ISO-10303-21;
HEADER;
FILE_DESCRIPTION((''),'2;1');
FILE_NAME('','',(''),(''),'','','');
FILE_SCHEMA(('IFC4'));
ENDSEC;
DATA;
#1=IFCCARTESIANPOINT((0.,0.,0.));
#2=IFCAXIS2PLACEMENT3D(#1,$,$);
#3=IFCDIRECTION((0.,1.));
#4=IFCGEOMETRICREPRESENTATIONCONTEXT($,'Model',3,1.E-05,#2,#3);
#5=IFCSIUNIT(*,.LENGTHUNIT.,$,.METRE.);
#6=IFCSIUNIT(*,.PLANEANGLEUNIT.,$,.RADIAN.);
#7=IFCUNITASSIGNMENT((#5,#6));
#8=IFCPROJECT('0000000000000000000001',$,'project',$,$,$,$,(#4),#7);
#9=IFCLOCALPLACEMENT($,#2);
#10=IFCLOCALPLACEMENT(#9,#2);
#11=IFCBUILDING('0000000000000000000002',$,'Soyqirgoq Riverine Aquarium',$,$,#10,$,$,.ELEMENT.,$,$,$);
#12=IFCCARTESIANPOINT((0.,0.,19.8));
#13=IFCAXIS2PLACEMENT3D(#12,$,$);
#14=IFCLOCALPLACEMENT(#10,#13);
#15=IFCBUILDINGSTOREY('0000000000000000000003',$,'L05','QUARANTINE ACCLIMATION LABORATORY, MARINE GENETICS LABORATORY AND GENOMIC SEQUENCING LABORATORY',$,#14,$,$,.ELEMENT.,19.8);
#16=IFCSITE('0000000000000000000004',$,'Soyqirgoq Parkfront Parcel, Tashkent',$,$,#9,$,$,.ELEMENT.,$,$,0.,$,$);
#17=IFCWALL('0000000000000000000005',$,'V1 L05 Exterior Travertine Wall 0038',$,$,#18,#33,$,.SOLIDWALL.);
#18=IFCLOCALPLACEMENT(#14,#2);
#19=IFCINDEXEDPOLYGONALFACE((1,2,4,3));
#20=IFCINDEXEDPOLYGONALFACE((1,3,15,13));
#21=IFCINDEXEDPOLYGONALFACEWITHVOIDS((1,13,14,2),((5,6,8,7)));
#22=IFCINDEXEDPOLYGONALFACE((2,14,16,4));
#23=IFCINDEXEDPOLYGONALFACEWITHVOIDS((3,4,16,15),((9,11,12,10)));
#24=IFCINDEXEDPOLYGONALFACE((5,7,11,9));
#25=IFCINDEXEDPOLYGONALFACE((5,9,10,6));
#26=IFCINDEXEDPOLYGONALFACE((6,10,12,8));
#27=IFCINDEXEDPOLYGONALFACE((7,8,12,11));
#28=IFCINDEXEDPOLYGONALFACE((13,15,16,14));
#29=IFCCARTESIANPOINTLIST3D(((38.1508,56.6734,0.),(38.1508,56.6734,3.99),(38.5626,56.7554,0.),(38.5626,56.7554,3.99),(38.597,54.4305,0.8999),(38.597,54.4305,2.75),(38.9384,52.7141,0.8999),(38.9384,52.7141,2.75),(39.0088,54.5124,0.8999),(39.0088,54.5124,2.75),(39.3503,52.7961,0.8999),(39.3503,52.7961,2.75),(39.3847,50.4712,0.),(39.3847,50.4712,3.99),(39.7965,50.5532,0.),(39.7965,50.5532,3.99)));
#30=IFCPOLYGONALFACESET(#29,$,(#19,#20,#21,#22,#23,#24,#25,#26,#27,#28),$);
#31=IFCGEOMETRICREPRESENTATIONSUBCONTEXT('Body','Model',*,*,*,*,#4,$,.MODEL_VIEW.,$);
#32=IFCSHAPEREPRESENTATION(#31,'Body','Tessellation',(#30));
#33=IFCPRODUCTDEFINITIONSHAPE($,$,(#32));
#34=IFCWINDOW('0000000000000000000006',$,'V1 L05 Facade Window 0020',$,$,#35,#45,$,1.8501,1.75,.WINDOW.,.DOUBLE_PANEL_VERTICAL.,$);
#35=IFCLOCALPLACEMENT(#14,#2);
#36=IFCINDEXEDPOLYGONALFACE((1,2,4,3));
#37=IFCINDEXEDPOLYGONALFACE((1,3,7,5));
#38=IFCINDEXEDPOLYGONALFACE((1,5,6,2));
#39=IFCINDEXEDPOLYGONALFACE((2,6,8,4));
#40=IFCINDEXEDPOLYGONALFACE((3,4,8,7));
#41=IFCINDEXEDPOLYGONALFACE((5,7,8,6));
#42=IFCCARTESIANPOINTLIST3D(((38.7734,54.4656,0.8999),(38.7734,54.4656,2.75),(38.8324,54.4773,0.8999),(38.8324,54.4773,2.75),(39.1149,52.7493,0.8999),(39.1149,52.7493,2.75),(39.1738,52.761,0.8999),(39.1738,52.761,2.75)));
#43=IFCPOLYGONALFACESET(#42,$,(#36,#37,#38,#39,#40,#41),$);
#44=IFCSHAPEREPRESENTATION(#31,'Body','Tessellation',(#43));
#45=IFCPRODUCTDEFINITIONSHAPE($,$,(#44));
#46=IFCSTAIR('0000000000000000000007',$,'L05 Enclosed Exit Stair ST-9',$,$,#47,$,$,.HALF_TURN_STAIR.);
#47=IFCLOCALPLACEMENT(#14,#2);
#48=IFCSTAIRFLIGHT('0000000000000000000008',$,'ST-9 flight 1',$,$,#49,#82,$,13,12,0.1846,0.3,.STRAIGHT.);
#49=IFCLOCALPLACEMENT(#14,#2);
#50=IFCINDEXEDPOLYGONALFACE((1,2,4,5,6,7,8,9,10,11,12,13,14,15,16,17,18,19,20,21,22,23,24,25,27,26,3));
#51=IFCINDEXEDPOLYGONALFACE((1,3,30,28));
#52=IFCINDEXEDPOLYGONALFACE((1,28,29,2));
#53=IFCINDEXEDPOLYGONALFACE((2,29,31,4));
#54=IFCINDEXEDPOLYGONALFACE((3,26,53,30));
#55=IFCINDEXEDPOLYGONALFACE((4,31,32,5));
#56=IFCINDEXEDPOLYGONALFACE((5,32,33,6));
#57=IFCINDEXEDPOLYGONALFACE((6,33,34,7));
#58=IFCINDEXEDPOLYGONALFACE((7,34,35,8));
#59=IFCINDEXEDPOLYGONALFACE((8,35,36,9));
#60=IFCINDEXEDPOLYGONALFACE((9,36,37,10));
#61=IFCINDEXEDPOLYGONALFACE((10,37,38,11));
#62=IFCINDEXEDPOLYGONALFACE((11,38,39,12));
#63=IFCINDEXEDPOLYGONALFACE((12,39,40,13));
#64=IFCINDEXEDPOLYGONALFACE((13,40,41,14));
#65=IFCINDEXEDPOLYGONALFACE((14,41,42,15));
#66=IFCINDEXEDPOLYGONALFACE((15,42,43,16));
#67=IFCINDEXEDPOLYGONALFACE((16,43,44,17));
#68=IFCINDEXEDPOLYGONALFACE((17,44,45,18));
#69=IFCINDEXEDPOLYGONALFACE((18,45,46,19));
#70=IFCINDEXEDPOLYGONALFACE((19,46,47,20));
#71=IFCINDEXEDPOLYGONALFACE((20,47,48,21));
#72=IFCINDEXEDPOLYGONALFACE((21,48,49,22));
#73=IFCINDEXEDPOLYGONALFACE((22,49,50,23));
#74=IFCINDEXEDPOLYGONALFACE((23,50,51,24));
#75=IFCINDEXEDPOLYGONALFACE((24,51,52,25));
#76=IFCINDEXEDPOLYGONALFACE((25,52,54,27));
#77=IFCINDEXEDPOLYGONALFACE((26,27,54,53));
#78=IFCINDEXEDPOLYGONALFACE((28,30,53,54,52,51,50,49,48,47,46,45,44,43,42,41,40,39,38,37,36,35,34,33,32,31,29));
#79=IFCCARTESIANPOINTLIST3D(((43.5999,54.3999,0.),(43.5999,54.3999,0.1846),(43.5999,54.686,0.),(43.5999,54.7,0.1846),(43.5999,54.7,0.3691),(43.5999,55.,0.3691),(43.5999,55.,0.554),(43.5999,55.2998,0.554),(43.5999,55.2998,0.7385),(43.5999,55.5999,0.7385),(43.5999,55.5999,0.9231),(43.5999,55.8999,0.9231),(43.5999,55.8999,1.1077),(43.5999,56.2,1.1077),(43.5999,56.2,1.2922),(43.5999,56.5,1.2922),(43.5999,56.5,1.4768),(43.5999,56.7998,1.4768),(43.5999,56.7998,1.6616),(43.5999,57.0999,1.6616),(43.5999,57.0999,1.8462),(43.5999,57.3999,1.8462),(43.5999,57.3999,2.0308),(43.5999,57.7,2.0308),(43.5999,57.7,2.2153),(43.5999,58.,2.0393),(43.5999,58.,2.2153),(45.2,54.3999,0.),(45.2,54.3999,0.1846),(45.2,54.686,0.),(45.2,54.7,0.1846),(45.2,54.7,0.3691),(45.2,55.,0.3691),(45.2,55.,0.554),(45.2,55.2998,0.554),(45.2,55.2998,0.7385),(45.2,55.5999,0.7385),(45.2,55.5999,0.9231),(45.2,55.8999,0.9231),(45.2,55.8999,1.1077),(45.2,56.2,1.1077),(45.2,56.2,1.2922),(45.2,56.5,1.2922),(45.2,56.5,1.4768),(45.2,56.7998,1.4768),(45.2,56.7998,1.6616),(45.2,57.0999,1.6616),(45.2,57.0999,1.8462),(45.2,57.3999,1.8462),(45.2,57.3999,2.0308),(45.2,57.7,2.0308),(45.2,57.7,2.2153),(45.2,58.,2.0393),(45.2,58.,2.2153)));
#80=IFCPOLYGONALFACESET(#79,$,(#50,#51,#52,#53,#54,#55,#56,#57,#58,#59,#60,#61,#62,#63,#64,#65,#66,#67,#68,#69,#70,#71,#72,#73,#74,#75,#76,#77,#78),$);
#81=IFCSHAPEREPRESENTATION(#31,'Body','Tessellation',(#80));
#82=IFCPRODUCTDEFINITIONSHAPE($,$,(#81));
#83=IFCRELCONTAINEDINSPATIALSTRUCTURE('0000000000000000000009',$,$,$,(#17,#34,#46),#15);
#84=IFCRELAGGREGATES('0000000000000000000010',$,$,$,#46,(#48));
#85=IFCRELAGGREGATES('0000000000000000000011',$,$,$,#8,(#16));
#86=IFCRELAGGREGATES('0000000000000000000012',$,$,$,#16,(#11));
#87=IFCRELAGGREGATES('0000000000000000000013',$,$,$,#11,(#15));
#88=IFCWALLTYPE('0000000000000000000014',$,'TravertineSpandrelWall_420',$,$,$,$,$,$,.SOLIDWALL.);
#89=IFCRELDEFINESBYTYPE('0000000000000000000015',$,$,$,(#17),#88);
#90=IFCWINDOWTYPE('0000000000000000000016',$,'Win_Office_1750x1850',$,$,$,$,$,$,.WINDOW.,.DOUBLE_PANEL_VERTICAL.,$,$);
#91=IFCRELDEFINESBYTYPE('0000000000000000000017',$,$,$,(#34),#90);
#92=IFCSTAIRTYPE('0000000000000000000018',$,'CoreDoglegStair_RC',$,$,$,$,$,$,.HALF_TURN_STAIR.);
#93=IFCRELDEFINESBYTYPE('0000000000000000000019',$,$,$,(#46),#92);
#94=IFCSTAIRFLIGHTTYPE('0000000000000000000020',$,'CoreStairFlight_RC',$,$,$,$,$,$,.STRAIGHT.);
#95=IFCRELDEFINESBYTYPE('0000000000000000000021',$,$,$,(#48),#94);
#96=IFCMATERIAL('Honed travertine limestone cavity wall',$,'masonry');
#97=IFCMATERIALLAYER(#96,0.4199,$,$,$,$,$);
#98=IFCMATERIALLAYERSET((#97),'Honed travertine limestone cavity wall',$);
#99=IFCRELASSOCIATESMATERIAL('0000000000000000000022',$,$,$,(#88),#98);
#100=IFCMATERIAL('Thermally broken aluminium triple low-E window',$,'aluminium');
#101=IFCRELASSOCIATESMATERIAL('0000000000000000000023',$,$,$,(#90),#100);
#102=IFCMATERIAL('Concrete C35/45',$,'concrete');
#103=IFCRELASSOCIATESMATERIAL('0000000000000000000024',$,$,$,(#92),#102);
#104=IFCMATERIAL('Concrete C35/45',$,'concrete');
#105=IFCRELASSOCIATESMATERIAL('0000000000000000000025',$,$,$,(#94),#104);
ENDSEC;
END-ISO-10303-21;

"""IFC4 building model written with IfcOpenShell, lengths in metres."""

from ifc_helpers import new_model, si_unit, direction, frame, frame_2d, origin, place, context, subcontext, project, spatial, polyline, rectangle, outline, extrude, material, layer, layer_set, type_object, element, fill, aggregate, save


model = new_model("IFC4")

# Units and contexts
model_context = context("Model", 3, precision=1e-05, world=origin(), true_north=direction((0.0, 1.0)))
body_context = subcontext(model_context, "Body", "Model", "MODEL_VIEW")
ifc_project = project(units=[si_unit("LENGTHUNIT", "METRE"), si_unit("PLANEANGLEUNIT", "RADIAN")], contexts=[model_context])

# Site, building, storey
site_placement = place(None, origin())
site = spatial("IfcSite", under=ifc_project, at=site_placement, Name="Soyqirgoq Parkfront Parcel, Tashkent", CompositionType="ELEMENT", RefElevation=0.0)
building_placement = place(site_placement, origin())
building = spatial("IfcBuilding", under=site, at=building_placement, Name="Soyqirgoq Riverine Aquarium", CompositionType="ELEMENT")
storey_placement = place(building_placement, frame((0.0, 0.0, 19.8)))
storey = spatial("IfcBuildingStorey", under=building, at=storey_placement, Name="L05", Description="QUARANTINE ACCLIMATION LABORATORY, MARINE GENETICS LABORATORY AND GENOMIC SEQUENCING LABORATORY", CompositionType="ELEMENT", Elevation=19.8)

# Wall, opening, window
ifc_material_1 = material(Name="Honed travertine limestone cavity wall", Category="masonry")
ifc_layer_1 = layer(ifc_material_1, 0.4199)
ifc_layer_set_1 = layer_set([ifc_layer_1], Name="Honed travertine limestone cavity wall")
wall_type_1 = type_object("IfcWallType", Name="TravertineSpandrelWall_420", PredefinedType="SOLIDWALL", material=ifc_layer_set_1)
wall_1_placement = place(storey_placement, frame((39.5906, 50.5122, 0.0), z_axis=(0.0, 0.0, 1.0), x_axis=(-0.195121, 0.980779, 0.0)))
wall_1 = element("IfcWall", 1, at=wall_1_placement, inside=storey, type_object=wall_type_1, Name="V1 L05 Exterior Travertine Wall 0038", PredefinedType="SOLIDWALL", context=body_context, shape_type="SweptSolid", body=[
    extrude(rectangle(XDim=6.3237, YDim=0.4199, at=frame_2d((3.1619, 0.0))), origin(), (0.0, 0.0, 1.0), 3.99),
])
opening_1_placement = place(wall_1_placement, frame((2.2869, 0.0, 0.8999)))
opening_1 = element("IfcOpeningElement", 2, at=opening_1_placement, cuts=wall_1, PredefinedType="OPENING", context=body_context, shape_type="SweptSolid", body=[
    extrude(rectangle(XDim=1.75, YDim=1.8501, at=frame_2d((0.875, 0.925))), frame((0.0, 0.22, 0.0), z_axis=(0.0, -1.0, 0.0), x_axis=(1.0, 0.0, 0.0)), (0.0, 0.0, 1.0), 0.4399),
])
ifc_material_2 = material(Name="Thermally broken aluminium triple low-E window", Category="aluminium")
window_type = type_object("IfcWindowType", Name="Win_Office_1750x1850", PartitioningType="DOUBLE_PANEL_VERTICAL", PredefinedType="WINDOW", material=ifc_material_2)
window_placement = place(opening_1_placement, origin())
window = element("IfcWindow", 3, at=window_placement, inside=storey, type_object=window_type, Name="V1 L05 Facade Window 0020", OverallHeight=1.8501, OverallWidth=1.75, PartitioningType="DOUBLE_PANEL_VERTICAL", PredefinedType="WINDOW", context=body_context, shape_type="SweptSolid", body=[
    extrude(rectangle(XDim=1.75, YDim=1.8501, at=frame_2d((0.875, 0.925))), frame((0.0, 0.03, 0.0), z_axis=(0.0, -1.0, 0.0), x_axis=(1.0, 0.0, 0.0)), (0.0, 0.0, 1.0), 0.0601),
])
fill(opening_1, window)

# Stair, stair flight
ifc_material_3 = material(Name="Concrete C35/45", Category="concrete")
stair_type = type_object("IfcStairType", Name="CoreDoglegStair_RC", PredefinedType="HALF_TURN_STAIR", material=ifc_material_3)
stair_placement = place(storey_placement, origin())
stair = element("IfcStair", 4, at=stair_placement, inside=storey, type_object=stair_type, Name="L05 Enclosed Exit Stair ST-9", PredefinedType="HALF_TURN_STAIR")
ifc_material_4 = material(Name="Concrete C35/45", Category="concrete")
stair_flight_type = type_object("IfcStairFlightType", Name="CoreStairFlight_RC", PredefinedType="STRAIGHT", material=ifc_material_4)
stair_flight_placement = place(storey_placement, frame((44.3999, 54.3999, 0.0), z_axis=(0.0, 0.0, 1.0), x_axis=(0.0, 1.0, 0.0)))
stair_flight = element("IfcStairFlight", 5, at=stair_flight_placement, type_object=stair_flight_type, Name="ST-9 flight 1", NumberOfRisers=13, NumberOfTreads=12, PredefinedType="STRAIGHT", RiserHeight=0.1846, TreadLength=0.3, context=body_context, shape_type="SweptSolid", body=[
    extrude(outline(polyline([(0.0, 0.0), (0.0, 0.1846), (0.3, 0.1846), (0.3, 0.3691), (0.6001, 0.3691), (0.6001, 0.554), (0.8999, 0.554), (0.8999, 0.7385), (1.2, 0.7385), (1.2, 0.9231), (1.5, 0.9231), (1.5, 1.1077), (1.8, 1.1077), (1.8, 1.2922), (2.1001, 1.2922), (2.1001, 1.4768), (2.3999, 1.4768), (2.3999, 1.6616), (2.7, 1.6616), (2.7, 1.8462), (3.0, 1.8462), (3.0, 2.0308), (3.3, 2.0308), (3.3, 2.2153), (3.6001, 2.2153), (3.6001, 2.3999), (3.6001, 2.0393), (0.2861, 0.0), (0.0, 0.0)])), frame((0.0, 0.8, 0.0), z_axis=(0.0, -1.0, 0.0), x_axis=(1.0, 0.0, 0.0)), (0.0, 0.0, 1.0), 1.6001),
])
aggregate(stair, [stair_flight])

save(model, "model.ifc")
